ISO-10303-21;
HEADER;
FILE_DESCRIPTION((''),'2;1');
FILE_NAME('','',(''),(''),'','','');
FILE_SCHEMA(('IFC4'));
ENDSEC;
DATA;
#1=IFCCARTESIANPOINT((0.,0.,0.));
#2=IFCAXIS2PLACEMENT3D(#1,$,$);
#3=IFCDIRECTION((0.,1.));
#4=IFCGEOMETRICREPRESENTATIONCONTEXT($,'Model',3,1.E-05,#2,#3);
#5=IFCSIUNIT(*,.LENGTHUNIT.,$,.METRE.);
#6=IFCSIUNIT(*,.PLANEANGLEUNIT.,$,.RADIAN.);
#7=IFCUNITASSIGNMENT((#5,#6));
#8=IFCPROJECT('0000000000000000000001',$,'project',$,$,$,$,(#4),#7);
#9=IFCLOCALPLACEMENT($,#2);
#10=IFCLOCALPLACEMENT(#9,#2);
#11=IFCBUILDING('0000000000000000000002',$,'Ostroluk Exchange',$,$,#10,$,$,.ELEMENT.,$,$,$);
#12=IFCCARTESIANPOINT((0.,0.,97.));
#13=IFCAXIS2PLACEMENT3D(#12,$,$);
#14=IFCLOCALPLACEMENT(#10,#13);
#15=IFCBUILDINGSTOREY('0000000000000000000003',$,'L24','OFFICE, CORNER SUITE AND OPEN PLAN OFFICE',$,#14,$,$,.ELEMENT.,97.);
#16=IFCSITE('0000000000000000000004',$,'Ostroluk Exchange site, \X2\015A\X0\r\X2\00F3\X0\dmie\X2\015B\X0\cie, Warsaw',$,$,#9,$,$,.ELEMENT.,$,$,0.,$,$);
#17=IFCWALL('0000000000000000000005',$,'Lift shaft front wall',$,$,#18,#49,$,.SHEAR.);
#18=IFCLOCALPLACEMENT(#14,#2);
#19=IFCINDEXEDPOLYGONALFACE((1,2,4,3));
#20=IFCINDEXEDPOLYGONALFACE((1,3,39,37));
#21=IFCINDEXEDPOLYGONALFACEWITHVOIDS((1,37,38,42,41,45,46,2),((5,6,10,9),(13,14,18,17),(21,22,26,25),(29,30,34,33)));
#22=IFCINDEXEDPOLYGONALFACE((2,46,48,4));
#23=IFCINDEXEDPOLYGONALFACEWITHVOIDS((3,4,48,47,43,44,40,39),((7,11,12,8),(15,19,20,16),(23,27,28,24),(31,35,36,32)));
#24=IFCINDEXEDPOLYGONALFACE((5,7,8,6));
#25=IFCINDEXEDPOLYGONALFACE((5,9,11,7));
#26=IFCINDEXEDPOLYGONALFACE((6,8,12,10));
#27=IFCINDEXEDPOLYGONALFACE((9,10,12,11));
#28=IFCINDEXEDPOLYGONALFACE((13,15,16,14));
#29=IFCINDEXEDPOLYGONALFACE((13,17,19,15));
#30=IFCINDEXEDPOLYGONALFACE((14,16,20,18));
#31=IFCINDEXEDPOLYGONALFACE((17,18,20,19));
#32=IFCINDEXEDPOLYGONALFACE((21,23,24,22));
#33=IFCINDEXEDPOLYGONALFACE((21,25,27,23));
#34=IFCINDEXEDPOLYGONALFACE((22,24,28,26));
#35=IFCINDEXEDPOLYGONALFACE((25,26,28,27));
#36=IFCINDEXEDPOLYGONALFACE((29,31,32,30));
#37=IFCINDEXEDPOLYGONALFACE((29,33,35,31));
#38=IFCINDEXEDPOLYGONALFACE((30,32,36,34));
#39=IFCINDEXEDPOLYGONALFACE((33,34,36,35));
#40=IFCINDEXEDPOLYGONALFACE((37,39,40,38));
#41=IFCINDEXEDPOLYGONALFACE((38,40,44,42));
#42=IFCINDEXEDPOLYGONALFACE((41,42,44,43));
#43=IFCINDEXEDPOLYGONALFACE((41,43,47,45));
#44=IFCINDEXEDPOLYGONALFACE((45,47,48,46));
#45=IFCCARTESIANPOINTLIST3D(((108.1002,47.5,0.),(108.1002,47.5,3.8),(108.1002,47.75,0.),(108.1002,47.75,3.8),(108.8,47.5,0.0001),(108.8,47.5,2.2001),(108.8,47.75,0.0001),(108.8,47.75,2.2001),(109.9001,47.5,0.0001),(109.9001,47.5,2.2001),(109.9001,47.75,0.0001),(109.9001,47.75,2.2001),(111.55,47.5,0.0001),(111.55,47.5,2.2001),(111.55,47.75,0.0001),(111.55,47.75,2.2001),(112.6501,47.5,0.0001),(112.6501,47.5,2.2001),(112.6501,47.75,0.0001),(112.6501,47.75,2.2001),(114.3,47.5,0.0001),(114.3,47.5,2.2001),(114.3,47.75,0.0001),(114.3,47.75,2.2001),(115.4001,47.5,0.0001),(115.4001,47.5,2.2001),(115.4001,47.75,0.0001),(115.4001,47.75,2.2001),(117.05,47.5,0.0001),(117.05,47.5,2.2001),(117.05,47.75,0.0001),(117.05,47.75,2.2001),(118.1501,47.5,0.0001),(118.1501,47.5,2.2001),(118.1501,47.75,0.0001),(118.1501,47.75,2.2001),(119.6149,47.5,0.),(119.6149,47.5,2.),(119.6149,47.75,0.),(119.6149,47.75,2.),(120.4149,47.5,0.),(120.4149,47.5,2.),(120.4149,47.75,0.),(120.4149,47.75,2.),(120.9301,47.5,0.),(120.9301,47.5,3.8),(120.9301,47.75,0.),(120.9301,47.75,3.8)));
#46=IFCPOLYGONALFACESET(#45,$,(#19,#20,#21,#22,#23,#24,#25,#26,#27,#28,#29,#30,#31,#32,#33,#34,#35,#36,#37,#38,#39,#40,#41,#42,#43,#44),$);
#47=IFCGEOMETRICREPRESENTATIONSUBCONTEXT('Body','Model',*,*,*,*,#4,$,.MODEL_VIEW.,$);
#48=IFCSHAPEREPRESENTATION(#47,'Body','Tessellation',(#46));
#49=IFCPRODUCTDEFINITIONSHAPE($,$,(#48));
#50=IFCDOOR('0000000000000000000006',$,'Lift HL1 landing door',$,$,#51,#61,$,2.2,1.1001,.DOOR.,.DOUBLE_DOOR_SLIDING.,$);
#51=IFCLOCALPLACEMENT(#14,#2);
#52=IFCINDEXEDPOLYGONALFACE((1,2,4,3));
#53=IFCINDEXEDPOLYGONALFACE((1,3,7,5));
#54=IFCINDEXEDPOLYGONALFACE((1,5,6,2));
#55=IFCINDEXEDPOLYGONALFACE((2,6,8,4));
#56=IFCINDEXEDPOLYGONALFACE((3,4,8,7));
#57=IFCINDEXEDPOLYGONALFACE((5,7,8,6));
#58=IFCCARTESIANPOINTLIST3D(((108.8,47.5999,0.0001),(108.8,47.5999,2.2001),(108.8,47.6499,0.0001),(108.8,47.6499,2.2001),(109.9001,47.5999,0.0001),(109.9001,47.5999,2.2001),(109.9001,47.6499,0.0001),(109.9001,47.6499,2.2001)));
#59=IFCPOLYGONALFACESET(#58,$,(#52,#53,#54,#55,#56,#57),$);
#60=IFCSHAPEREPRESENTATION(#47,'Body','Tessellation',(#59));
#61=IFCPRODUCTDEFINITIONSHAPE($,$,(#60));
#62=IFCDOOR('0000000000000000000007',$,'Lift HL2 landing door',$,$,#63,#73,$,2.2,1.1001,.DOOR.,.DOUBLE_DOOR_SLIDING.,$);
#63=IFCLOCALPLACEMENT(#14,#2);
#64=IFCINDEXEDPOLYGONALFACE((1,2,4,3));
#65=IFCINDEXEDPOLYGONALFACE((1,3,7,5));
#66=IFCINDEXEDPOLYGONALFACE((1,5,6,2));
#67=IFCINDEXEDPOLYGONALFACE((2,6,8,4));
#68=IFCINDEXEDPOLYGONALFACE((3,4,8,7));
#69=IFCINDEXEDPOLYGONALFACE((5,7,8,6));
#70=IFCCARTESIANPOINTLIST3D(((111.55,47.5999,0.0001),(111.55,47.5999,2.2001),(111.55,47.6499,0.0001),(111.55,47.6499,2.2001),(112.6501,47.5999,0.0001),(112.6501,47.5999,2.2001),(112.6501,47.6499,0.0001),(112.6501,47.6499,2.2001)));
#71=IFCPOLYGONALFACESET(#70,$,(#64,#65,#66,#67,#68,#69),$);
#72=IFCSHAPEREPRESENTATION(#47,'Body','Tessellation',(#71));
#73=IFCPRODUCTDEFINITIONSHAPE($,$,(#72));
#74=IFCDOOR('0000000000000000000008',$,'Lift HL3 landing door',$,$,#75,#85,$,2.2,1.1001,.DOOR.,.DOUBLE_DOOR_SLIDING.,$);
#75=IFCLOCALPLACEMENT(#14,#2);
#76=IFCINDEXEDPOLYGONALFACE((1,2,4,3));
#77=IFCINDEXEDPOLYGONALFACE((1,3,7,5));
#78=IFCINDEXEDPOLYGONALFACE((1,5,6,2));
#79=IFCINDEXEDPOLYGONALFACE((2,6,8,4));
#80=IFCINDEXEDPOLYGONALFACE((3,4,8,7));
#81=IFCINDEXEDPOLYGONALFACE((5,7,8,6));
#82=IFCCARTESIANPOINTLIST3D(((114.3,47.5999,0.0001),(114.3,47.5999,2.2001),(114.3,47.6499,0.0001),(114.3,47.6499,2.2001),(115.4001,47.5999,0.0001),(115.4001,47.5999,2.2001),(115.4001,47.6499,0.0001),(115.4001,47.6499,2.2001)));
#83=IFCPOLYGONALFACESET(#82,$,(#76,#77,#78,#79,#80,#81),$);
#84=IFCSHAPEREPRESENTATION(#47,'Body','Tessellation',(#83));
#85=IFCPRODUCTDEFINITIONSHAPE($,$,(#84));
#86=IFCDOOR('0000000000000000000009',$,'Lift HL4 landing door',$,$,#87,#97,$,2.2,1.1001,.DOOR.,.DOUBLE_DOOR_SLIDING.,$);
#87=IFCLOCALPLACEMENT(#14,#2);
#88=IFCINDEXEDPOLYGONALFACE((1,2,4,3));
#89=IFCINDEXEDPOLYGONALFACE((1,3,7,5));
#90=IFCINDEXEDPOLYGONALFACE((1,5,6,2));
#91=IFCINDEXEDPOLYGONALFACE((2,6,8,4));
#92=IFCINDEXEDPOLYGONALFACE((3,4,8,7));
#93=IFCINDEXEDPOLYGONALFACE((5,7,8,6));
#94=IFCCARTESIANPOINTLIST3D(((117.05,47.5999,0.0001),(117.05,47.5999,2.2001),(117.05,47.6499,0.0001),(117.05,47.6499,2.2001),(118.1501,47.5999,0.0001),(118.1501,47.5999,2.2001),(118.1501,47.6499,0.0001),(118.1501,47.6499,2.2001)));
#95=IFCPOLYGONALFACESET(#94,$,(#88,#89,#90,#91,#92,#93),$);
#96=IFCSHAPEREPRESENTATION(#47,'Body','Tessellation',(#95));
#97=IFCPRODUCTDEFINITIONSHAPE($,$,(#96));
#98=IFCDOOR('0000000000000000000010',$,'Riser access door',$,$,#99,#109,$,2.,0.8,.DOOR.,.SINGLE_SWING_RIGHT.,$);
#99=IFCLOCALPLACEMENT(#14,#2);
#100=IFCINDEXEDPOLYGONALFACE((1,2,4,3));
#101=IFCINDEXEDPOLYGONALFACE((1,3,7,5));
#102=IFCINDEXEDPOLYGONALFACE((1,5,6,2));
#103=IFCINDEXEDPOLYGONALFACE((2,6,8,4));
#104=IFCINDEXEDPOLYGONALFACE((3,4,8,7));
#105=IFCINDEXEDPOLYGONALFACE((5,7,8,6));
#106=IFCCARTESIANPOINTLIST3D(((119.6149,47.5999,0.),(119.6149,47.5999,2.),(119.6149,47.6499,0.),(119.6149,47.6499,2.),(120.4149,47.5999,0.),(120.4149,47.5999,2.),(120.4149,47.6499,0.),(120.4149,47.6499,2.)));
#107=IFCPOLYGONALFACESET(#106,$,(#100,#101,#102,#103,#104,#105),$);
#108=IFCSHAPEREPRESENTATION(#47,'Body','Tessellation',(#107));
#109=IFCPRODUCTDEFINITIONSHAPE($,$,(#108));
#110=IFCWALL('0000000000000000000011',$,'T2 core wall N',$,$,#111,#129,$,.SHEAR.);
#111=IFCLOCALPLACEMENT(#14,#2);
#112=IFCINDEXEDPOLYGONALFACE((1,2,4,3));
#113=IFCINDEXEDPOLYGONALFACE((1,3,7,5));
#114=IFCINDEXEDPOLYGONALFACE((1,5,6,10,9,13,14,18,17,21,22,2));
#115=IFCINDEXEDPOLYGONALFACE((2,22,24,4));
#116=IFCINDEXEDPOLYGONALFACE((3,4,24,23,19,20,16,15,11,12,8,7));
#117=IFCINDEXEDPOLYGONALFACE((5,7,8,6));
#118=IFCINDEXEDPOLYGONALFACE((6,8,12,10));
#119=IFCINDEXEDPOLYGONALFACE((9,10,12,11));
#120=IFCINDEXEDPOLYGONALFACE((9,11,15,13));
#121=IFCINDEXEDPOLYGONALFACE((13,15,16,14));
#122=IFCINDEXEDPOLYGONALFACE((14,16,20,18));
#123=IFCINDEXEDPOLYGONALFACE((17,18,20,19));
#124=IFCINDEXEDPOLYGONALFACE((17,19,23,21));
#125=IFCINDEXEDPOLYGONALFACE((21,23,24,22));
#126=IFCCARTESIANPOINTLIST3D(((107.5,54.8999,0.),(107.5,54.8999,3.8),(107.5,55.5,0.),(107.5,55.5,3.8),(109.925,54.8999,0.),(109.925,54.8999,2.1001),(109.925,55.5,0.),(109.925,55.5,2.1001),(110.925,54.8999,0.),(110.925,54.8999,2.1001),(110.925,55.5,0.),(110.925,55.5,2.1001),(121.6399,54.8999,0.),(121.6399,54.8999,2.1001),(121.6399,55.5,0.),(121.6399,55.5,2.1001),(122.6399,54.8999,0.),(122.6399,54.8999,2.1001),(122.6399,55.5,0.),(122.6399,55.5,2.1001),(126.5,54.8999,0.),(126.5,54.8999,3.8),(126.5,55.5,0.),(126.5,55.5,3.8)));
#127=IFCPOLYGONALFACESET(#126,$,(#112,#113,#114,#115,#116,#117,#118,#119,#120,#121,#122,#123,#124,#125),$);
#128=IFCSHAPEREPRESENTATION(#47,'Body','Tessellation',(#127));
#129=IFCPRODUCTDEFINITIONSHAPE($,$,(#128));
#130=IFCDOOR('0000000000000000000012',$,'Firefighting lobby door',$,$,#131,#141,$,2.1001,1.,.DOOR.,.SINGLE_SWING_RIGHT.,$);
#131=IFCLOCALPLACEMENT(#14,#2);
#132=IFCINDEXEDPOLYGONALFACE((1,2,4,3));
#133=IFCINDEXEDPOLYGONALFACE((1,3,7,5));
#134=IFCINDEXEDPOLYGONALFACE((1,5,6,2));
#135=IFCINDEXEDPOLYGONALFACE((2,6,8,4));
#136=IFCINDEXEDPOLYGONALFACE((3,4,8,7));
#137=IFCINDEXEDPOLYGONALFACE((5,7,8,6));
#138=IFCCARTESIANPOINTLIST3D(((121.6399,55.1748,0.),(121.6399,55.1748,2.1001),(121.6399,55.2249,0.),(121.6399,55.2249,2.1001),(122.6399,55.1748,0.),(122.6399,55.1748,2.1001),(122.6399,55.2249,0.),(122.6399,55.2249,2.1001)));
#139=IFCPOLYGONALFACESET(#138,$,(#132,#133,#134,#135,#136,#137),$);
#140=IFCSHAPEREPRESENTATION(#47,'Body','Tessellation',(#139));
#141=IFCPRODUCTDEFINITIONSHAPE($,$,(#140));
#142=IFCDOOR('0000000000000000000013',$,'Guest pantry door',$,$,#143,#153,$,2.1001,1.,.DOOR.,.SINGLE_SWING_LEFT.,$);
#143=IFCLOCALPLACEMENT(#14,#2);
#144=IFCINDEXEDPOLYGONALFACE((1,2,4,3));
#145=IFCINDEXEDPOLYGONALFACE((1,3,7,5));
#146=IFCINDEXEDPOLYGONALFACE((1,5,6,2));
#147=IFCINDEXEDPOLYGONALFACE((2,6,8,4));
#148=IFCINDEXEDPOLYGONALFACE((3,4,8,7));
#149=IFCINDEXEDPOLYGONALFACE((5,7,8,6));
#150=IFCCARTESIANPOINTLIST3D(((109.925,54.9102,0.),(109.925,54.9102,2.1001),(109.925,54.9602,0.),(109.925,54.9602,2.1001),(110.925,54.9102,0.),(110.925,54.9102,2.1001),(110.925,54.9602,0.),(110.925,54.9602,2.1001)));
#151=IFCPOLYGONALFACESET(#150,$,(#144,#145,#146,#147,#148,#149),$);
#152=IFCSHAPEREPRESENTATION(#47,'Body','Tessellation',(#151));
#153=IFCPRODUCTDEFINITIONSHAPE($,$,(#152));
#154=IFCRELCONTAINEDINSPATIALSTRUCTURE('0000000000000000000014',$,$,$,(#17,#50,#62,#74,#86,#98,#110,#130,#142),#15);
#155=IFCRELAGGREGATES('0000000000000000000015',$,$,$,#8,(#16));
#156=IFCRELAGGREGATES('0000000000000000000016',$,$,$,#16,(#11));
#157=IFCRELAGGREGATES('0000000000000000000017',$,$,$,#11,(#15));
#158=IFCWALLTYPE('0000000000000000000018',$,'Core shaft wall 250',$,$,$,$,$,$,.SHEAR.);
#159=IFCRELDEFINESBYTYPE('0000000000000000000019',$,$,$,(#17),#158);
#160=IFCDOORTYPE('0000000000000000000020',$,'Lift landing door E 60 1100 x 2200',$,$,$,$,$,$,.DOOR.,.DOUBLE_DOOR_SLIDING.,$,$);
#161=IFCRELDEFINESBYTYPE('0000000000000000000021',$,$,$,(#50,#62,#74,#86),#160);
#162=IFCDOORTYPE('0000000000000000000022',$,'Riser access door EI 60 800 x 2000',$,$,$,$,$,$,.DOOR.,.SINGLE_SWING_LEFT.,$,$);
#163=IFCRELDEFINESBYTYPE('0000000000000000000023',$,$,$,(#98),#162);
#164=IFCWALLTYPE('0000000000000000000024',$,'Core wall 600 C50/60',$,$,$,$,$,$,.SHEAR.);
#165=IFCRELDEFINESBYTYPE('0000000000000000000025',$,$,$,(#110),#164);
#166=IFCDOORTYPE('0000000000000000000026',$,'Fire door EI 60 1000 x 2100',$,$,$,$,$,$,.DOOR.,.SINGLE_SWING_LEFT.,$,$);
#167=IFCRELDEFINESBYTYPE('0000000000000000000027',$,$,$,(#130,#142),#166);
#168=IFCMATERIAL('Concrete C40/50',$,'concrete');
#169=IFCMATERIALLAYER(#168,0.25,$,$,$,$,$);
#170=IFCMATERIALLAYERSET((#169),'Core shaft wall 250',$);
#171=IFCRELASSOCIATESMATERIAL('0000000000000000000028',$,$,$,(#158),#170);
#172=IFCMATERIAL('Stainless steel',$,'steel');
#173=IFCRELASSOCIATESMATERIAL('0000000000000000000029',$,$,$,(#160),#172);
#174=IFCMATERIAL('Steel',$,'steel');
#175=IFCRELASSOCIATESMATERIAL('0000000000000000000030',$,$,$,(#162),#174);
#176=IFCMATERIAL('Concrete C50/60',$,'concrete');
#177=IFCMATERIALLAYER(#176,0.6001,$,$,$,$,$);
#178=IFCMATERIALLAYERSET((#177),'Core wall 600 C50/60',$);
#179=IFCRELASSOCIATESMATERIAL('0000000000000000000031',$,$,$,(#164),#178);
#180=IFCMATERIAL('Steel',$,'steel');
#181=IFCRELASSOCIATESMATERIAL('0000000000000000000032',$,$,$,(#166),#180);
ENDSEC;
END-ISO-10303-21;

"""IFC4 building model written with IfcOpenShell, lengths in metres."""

from ifc_helpers import new_model, si_unit, direction, frame, frame_2d, origin, place, context, subcontext, project, spatial, rectangle, extrude, material, layer, layer_set, type_object, element, fill, save


model = new_model("IFC4")

# Units and contexts
model_context = context("Model", 3, precision=1e-05, world=origin(), true_north=direction((0.0, 1.0)))
body_context = subcontext(model_context, "Body", "Model", "MODEL_VIEW")
ifc_project = project(units=[si_unit("LENGTHUNIT", "METRE"), si_unit("PLANEANGLEUNIT", "RADIAN")], contexts=[model_context])

# Site, building, storey
site_placement = place(None, origin())
site = spatial("IfcSite", under=ifc_project, at=site_placement, Name="Ostroluk Exchange site, Śródmieście, Warsaw", CompositionType="ELEMENT", RefElevation=0.0)
building_placement = place(site_placement, origin())
building = spatial("IfcBuilding", under=site, at=building_placement, Name="Ostroluk Exchange", CompositionType="ELEMENT")
storey_placement = place(building_placement, frame((0.0, 0.0, 97.0)))
storey = spatial("IfcBuildingStorey", under=building, at=storey_placement, Name="L24", Description="OFFICE, CORNER SUITE AND OPEN PLAN OFFICE", CompositionType="ELEMENT", Elevation=97.0)

# Shared definitions
ifc_material_1 = material(Name="Concrete C40/50", Category="concrete")
ifc_layer_1 = layer(ifc_material_1, 0.25)
ifc_layer_set_1 = layer_set([ifc_layer_1], Name="Core shaft wall 250")
wall_type_1 = type_object("IfcWallType", Name="Core shaft wall 250", PredefinedType="SHEAR", material=ifc_layer_set_1)

# Walls, openings, doors
wall_1_placement = place(storey_placement, frame((108.1001, 47.625, 0.0), z_axis=(0.0, 0.0, 1.0), x_axis=(1.0, 0.0, 0.0)))
wall_1 = element("IfcWall", 1, at=wall_1_placement, inside=storey, type_object=wall_type_1, Name="Lift shaft front wall", PredefinedType="SHEAR", context=body_context, shape_type="SweptSolid", body=[
    extrude(rectangle(XDim=12.8298, YDim=0.25, at=frame_2d((6.415, 0.0))), origin(), (0.0, 0.0, 1.0), 3.8),
])
opening_1_placement = place(wall_1_placement, frame((0.7, 0.0, 0.0)))
opening_1 = element("IfcOpeningElement", 2, at=opening_1_placement, cuts=wall_1, PredefinedType="OPENING", context=body_context, shape_type="SweptSolid", body=[
    extrude(rectangle(XDim=1.1001, YDim=2.2, at=frame_2d((0.55, 1.1001))), frame((0.0, 0.135, 0.0), z_axis=(0.0, -1.0, 0.0), x_axis=(1.0, 0.0, 0.0)), (0.0, 0.0, 1.0), 0.27),
])
opening_2_placement = place(wall_1_placement, frame((3.45, 0.0, 0.0)))
opening_2 = element("IfcOpeningElement", 3, at=opening_2_placement, cuts=wall_1, PredefinedType="OPENING", context=body_context, shape_type="SweptSolid", body=[
    extrude(rectangle(XDim=1.1001, YDim=2.2, at=frame_2d((0.55, 1.1001))), frame((0.0, 0.135, 0.0), z_axis=(0.0, -1.0, 0.0), x_axis=(1.0, 0.0, 0.0)), (0.0, 0.0, 1.0), 0.27),
])
opening_3_placement = place(wall_1_placement, frame((6.2, 0.0, 0.0)))
opening_3 = element("IfcOpeningElement", 4, at=opening_3_placement, cuts=wall_1, PredefinedType="OPENING", context=body_context, shape_type="SweptSolid", body=[
    extrude(rectangle(XDim=1.1001, YDim=2.2, at=frame_2d((0.55, 1.1001))), frame((0.0, 0.135, 0.0), z_axis=(0.0, -1.0, 0.0), x_axis=(1.0, 0.0, 0.0)), (0.0, 0.0, 1.0), 0.27),
])
opening_4_placement = place(wall_1_placement, frame((8.95, 0.0, 0.0)))
opening_4 = element("IfcOpeningElement", 5, at=opening_4_placement, cuts=wall_1, PredefinedType="OPENING", context=body_context, shape_type="SweptSolid", body=[
    extrude(rectangle(XDim=1.1001, YDim=2.2, at=frame_2d((0.55, 1.1001))), frame((0.0, 0.135, 0.0), z_axis=(0.0, -1.0, 0.0), x_axis=(1.0, 0.0, 0.0)), (0.0, 0.0, 1.0), 0.27),
])
opening_5_placement = place(wall_1_placement, frame((11.5149, 0.0, 0.0)))
opening_5 = element("IfcOpeningElement", 6, at=opening_5_placement, cuts=wall_1, PredefinedType="OPENING", context=body_context, shape_type="SweptSolid", body=[
    extrude(rectangle(XDim=0.8, YDim=2.0, at=frame_2d((0.3999, 1.0))), frame((0.0, 0.135, 0.0), z_axis=(0.0, -1.0, 0.0), x_axis=(1.0, 0.0, 0.0)), (0.0, 0.0, 1.0), 0.27),
])
ifc_material_2 = material(Name="Stainless steel", Category="steel")
door_type_1 = type_object("IfcDoorType", Name="Lift landing door E 60 1100 x 2200", OperationType="DOUBLE_DOOR_SLIDING", PredefinedType="DOOR", material=ifc_material_2)
door_1_placement = place(opening_1_placement, origin())
door_1 = element("IfcDoor", 7, at=door_1_placement, inside=storey, type_object=door_type_1, Name="Lift HL1 landing door", OperationType="DOUBLE_DOOR_SLIDING", OverallHeight=2.2, OverallWidth=1.1001, PredefinedType="DOOR", context=body_context, shape_type="SweptSolid", body=[
    extrude(rectangle(XDim=1.1001, YDim=2.2, at=frame_2d((0.55, 1.1001))), frame((0.0, 0.0249, 0.0), z_axis=(0.0, -1.0, 0.0), x_axis=(1.0, 0.0, 0.0)), (0.0, 0.0, 1.0), 0.05),
])
fill(opening_1, door_1)
door_2_placement = place(opening_2_placement, origin())
door_2 = element("IfcDoor", 8, at=door_2_placement, inside=storey, type_object=door_type_1, Name="Lift HL2 landing door", OperationType="DOUBLE_DOOR_SLIDING", OverallHeight=2.2, OverallWidth=1.1001, PredefinedType="DOOR", context=body_context, shape_type="SweptSolid", body=[
    extrude(rectangle(XDim=1.1001, YDim=2.2, at=frame_2d((0.55, 1.1001))), frame((0.0, 0.0249, 0.0), z_axis=(0.0, -1.0, 0.0), x_axis=(1.0, 0.0, 0.0)), (0.0, 0.0, 1.0), 0.05),
])
fill(opening_2, door_2)
door_3_placement = place(opening_3_placement, origin())
door_3 = element("IfcDoor", 9, at=door_3_placement, inside=storey, type_object=door_type_1, Name="Lift HL3 landing door", OperationType="DOUBLE_DOOR_SLIDING", OverallHeight=2.2, OverallWidth=1.1001, PredefinedType="DOOR", context=body_context, shape_type="SweptSolid", body=[
    extrude(rectangle(XDim=1.1001, YDim=2.2, at=frame_2d((0.55, 1.1001))), frame((0.0, 0.0249, 0.0), z_axis=(0.0, -1.0, 0.0), x_axis=(1.0, 0.0, 0.0)), (0.0, 0.0, 1.0), 0.05),
])
fill(opening_3, door_3)
door_4_placement = place(opening_4_placement, origin())
door_4 = element("IfcDoor", 10, at=door_4_placement, inside=storey, type_object=door_type_1, Name="Lift HL4 landing door", OperationType="DOUBLE_DOOR_SLIDING", OverallHeight=2.2, OverallWidth=1.1001, PredefinedType="DOOR", context=body_context, shape_type="SweptSolid", body=[
    extrude(rectangle(XDim=1.1001, YDim=2.2, at=frame_2d((0.55, 1.1001))), frame((0.0, 0.0249, 0.0), z_axis=(0.0, -1.0, 0.0), x_axis=(1.0, 0.0, 0.0)), (0.0, 0.0, 1.0), 0.05),
])
fill(opening_4, door_4)
ifc_material_3 = material(Name="Steel", Category="steel")
door_type_2 = type_object("IfcDoorType", Name="Riser access door EI 60 800 x 2000", OperationType="SINGLE_SWING_LEFT", PredefinedType="DOOR", material=ifc_material_3)
door_5_placement = place(opening_5_placement, origin())
door_5 = element("IfcDoor", 11, at=door_5_placement, inside=storey, type_object=door_type_2, Name="Riser access door", OperationType="SINGLE_SWING_RIGHT", OverallHeight=2.0, OverallWidth=0.8, PredefinedType="DOOR", context=body_context, shape_type="SweptSolid", body=[
    extrude(rectangle(XDim=0.8, YDim=2.0, at=frame_2d((0.3999, 1.0))), frame((0.0, 0.0249, 0.0), z_axis=(0.0, -1.0, 0.0), x_axis=(1.0, 0.0, 0.0)), (0.0, 0.0, 1.0), 0.05),
])
fill(opening_5, door_5)
ifc_material_4 = material(Name="Concrete C50/60", Category="concrete")
ifc_layer_2 = layer(ifc_material_4, 0.6001)
ifc_layer_set_2 = layer_set([ifc_layer_2], Name="Core wall 600 C50/60")
wall_type_2 = type_object("IfcWallType", Name="Core wall 600 C50/60", PredefinedType="SHEAR", material=ifc_layer_set_2)
wall_2_placement = place(storey_placement, frame((107.5, 55.2, 0.0), z_axis=(0.0, 0.0, 1.0), x_axis=(1.0, 0.0, 0.0)))
wall_2 = element("IfcWall", 12, at=wall_2_placement, inside=storey, type_object=wall_type_2, Name="T2 core wall N", PredefinedType="SHEAR", context=body_context, shape_type="SweptSolid", body=[
    extrude(rectangle(XDim=19.0, YDim=0.6001, at=frame_2d((9.5, 0.0))), origin(), (0.0, 0.0, 1.0), 3.8),
])
opening_6_placement = place(wall_2_placement, frame((14.1399, 0.0, 0.0)))
opening_6 = element("IfcOpeningElement", 13, at=opening_6_placement, cuts=wall_2, PredefinedType="OPENING", context=body_context, shape_type="SweptSolid", body=[
    extrude(rectangle(XDim=1.0, YDim=2.1001, at=frame_2d((0.5, 1.05))), frame((0.0, 0.3101, 0.0), z_axis=(0.0, -1.0, 0.0), x_axis=(1.0, 0.0, 0.0)), (0.0, 0.0, 1.0), 0.6201),
])
opening_7_placement = place(wall_2_placement, frame((2.425, 0.0, 0.0)))
opening_7 = element("IfcOpeningElement", 14, at=opening_7_placement, cuts=wall_2, PredefinedType="OPENING", context=body_context, shape_type="SweptSolid", body=[
    extrude(rectangle(XDim=1.0, YDim=2.1001, at=frame_2d((0.5, 1.05))), frame((0.0, 0.3101, 0.0), z_axis=(0.0, -1.0, 0.0), x_axis=(1.0, 0.0, 0.0)), (0.0, 0.0, 1.0), 0.6201),
])
ifc_material_5 = material(Name="Steel", Category="steel")
door_type_3 = type_object("IfcDoorType", Name="Fire door EI 60 1000 x 2100", OperationType="SINGLE_SWING_LEFT", PredefinedType="DOOR", material=ifc_material_5)
door_6_placement = place(opening_6_placement, origin())
door_6 = element("IfcDoor", 15, at=door_6_placement, inside=storey, type_object=door_type_3, Name="Firefighting lobby door", OperationType="SINGLE_SWING_RIGHT", OverallHeight=2.1001, OverallWidth=1.0, PredefinedType="DOOR", context=body_context, shape_type="SweptSolid", body=[
    extrude(rectangle(XDim=1.0, YDim=2.1001, at=frame_2d((0.5, 1.05))), frame((0.0, 0.0249, 0.0), z_axis=(0.0, -1.0, 0.0), x_axis=(1.0, 0.0, 0.0)), (0.0, 0.0, 1.0), 0.05),
])
fill(opening_6, door_6)
door_7_placement = place(opening_7_placement, origin())
door_7 = element("IfcDoor", 16, at=door_7_placement, inside=storey, type_object=door_type_3, Name="Guest pantry door", OperationType="SINGLE_SWING_LEFT", OverallHeight=2.1001, OverallWidth=1.0, PredefinedType="DOOR", context=body_context, shape_type="SweptSolid", body=[
    extrude(rectangle(XDim=1.0, YDim=2.1001, at=frame_2d((0.5, 1.05))), frame((0.0, -0.2397, 0.0), z_axis=(0.0, -1.0, 0.0), x_axis=(1.0, 0.0, 0.0)), (0.0, 0.0, 1.0), 0.05),
])
fill(opening_7, door_7)

save(model, "model.ifc")
